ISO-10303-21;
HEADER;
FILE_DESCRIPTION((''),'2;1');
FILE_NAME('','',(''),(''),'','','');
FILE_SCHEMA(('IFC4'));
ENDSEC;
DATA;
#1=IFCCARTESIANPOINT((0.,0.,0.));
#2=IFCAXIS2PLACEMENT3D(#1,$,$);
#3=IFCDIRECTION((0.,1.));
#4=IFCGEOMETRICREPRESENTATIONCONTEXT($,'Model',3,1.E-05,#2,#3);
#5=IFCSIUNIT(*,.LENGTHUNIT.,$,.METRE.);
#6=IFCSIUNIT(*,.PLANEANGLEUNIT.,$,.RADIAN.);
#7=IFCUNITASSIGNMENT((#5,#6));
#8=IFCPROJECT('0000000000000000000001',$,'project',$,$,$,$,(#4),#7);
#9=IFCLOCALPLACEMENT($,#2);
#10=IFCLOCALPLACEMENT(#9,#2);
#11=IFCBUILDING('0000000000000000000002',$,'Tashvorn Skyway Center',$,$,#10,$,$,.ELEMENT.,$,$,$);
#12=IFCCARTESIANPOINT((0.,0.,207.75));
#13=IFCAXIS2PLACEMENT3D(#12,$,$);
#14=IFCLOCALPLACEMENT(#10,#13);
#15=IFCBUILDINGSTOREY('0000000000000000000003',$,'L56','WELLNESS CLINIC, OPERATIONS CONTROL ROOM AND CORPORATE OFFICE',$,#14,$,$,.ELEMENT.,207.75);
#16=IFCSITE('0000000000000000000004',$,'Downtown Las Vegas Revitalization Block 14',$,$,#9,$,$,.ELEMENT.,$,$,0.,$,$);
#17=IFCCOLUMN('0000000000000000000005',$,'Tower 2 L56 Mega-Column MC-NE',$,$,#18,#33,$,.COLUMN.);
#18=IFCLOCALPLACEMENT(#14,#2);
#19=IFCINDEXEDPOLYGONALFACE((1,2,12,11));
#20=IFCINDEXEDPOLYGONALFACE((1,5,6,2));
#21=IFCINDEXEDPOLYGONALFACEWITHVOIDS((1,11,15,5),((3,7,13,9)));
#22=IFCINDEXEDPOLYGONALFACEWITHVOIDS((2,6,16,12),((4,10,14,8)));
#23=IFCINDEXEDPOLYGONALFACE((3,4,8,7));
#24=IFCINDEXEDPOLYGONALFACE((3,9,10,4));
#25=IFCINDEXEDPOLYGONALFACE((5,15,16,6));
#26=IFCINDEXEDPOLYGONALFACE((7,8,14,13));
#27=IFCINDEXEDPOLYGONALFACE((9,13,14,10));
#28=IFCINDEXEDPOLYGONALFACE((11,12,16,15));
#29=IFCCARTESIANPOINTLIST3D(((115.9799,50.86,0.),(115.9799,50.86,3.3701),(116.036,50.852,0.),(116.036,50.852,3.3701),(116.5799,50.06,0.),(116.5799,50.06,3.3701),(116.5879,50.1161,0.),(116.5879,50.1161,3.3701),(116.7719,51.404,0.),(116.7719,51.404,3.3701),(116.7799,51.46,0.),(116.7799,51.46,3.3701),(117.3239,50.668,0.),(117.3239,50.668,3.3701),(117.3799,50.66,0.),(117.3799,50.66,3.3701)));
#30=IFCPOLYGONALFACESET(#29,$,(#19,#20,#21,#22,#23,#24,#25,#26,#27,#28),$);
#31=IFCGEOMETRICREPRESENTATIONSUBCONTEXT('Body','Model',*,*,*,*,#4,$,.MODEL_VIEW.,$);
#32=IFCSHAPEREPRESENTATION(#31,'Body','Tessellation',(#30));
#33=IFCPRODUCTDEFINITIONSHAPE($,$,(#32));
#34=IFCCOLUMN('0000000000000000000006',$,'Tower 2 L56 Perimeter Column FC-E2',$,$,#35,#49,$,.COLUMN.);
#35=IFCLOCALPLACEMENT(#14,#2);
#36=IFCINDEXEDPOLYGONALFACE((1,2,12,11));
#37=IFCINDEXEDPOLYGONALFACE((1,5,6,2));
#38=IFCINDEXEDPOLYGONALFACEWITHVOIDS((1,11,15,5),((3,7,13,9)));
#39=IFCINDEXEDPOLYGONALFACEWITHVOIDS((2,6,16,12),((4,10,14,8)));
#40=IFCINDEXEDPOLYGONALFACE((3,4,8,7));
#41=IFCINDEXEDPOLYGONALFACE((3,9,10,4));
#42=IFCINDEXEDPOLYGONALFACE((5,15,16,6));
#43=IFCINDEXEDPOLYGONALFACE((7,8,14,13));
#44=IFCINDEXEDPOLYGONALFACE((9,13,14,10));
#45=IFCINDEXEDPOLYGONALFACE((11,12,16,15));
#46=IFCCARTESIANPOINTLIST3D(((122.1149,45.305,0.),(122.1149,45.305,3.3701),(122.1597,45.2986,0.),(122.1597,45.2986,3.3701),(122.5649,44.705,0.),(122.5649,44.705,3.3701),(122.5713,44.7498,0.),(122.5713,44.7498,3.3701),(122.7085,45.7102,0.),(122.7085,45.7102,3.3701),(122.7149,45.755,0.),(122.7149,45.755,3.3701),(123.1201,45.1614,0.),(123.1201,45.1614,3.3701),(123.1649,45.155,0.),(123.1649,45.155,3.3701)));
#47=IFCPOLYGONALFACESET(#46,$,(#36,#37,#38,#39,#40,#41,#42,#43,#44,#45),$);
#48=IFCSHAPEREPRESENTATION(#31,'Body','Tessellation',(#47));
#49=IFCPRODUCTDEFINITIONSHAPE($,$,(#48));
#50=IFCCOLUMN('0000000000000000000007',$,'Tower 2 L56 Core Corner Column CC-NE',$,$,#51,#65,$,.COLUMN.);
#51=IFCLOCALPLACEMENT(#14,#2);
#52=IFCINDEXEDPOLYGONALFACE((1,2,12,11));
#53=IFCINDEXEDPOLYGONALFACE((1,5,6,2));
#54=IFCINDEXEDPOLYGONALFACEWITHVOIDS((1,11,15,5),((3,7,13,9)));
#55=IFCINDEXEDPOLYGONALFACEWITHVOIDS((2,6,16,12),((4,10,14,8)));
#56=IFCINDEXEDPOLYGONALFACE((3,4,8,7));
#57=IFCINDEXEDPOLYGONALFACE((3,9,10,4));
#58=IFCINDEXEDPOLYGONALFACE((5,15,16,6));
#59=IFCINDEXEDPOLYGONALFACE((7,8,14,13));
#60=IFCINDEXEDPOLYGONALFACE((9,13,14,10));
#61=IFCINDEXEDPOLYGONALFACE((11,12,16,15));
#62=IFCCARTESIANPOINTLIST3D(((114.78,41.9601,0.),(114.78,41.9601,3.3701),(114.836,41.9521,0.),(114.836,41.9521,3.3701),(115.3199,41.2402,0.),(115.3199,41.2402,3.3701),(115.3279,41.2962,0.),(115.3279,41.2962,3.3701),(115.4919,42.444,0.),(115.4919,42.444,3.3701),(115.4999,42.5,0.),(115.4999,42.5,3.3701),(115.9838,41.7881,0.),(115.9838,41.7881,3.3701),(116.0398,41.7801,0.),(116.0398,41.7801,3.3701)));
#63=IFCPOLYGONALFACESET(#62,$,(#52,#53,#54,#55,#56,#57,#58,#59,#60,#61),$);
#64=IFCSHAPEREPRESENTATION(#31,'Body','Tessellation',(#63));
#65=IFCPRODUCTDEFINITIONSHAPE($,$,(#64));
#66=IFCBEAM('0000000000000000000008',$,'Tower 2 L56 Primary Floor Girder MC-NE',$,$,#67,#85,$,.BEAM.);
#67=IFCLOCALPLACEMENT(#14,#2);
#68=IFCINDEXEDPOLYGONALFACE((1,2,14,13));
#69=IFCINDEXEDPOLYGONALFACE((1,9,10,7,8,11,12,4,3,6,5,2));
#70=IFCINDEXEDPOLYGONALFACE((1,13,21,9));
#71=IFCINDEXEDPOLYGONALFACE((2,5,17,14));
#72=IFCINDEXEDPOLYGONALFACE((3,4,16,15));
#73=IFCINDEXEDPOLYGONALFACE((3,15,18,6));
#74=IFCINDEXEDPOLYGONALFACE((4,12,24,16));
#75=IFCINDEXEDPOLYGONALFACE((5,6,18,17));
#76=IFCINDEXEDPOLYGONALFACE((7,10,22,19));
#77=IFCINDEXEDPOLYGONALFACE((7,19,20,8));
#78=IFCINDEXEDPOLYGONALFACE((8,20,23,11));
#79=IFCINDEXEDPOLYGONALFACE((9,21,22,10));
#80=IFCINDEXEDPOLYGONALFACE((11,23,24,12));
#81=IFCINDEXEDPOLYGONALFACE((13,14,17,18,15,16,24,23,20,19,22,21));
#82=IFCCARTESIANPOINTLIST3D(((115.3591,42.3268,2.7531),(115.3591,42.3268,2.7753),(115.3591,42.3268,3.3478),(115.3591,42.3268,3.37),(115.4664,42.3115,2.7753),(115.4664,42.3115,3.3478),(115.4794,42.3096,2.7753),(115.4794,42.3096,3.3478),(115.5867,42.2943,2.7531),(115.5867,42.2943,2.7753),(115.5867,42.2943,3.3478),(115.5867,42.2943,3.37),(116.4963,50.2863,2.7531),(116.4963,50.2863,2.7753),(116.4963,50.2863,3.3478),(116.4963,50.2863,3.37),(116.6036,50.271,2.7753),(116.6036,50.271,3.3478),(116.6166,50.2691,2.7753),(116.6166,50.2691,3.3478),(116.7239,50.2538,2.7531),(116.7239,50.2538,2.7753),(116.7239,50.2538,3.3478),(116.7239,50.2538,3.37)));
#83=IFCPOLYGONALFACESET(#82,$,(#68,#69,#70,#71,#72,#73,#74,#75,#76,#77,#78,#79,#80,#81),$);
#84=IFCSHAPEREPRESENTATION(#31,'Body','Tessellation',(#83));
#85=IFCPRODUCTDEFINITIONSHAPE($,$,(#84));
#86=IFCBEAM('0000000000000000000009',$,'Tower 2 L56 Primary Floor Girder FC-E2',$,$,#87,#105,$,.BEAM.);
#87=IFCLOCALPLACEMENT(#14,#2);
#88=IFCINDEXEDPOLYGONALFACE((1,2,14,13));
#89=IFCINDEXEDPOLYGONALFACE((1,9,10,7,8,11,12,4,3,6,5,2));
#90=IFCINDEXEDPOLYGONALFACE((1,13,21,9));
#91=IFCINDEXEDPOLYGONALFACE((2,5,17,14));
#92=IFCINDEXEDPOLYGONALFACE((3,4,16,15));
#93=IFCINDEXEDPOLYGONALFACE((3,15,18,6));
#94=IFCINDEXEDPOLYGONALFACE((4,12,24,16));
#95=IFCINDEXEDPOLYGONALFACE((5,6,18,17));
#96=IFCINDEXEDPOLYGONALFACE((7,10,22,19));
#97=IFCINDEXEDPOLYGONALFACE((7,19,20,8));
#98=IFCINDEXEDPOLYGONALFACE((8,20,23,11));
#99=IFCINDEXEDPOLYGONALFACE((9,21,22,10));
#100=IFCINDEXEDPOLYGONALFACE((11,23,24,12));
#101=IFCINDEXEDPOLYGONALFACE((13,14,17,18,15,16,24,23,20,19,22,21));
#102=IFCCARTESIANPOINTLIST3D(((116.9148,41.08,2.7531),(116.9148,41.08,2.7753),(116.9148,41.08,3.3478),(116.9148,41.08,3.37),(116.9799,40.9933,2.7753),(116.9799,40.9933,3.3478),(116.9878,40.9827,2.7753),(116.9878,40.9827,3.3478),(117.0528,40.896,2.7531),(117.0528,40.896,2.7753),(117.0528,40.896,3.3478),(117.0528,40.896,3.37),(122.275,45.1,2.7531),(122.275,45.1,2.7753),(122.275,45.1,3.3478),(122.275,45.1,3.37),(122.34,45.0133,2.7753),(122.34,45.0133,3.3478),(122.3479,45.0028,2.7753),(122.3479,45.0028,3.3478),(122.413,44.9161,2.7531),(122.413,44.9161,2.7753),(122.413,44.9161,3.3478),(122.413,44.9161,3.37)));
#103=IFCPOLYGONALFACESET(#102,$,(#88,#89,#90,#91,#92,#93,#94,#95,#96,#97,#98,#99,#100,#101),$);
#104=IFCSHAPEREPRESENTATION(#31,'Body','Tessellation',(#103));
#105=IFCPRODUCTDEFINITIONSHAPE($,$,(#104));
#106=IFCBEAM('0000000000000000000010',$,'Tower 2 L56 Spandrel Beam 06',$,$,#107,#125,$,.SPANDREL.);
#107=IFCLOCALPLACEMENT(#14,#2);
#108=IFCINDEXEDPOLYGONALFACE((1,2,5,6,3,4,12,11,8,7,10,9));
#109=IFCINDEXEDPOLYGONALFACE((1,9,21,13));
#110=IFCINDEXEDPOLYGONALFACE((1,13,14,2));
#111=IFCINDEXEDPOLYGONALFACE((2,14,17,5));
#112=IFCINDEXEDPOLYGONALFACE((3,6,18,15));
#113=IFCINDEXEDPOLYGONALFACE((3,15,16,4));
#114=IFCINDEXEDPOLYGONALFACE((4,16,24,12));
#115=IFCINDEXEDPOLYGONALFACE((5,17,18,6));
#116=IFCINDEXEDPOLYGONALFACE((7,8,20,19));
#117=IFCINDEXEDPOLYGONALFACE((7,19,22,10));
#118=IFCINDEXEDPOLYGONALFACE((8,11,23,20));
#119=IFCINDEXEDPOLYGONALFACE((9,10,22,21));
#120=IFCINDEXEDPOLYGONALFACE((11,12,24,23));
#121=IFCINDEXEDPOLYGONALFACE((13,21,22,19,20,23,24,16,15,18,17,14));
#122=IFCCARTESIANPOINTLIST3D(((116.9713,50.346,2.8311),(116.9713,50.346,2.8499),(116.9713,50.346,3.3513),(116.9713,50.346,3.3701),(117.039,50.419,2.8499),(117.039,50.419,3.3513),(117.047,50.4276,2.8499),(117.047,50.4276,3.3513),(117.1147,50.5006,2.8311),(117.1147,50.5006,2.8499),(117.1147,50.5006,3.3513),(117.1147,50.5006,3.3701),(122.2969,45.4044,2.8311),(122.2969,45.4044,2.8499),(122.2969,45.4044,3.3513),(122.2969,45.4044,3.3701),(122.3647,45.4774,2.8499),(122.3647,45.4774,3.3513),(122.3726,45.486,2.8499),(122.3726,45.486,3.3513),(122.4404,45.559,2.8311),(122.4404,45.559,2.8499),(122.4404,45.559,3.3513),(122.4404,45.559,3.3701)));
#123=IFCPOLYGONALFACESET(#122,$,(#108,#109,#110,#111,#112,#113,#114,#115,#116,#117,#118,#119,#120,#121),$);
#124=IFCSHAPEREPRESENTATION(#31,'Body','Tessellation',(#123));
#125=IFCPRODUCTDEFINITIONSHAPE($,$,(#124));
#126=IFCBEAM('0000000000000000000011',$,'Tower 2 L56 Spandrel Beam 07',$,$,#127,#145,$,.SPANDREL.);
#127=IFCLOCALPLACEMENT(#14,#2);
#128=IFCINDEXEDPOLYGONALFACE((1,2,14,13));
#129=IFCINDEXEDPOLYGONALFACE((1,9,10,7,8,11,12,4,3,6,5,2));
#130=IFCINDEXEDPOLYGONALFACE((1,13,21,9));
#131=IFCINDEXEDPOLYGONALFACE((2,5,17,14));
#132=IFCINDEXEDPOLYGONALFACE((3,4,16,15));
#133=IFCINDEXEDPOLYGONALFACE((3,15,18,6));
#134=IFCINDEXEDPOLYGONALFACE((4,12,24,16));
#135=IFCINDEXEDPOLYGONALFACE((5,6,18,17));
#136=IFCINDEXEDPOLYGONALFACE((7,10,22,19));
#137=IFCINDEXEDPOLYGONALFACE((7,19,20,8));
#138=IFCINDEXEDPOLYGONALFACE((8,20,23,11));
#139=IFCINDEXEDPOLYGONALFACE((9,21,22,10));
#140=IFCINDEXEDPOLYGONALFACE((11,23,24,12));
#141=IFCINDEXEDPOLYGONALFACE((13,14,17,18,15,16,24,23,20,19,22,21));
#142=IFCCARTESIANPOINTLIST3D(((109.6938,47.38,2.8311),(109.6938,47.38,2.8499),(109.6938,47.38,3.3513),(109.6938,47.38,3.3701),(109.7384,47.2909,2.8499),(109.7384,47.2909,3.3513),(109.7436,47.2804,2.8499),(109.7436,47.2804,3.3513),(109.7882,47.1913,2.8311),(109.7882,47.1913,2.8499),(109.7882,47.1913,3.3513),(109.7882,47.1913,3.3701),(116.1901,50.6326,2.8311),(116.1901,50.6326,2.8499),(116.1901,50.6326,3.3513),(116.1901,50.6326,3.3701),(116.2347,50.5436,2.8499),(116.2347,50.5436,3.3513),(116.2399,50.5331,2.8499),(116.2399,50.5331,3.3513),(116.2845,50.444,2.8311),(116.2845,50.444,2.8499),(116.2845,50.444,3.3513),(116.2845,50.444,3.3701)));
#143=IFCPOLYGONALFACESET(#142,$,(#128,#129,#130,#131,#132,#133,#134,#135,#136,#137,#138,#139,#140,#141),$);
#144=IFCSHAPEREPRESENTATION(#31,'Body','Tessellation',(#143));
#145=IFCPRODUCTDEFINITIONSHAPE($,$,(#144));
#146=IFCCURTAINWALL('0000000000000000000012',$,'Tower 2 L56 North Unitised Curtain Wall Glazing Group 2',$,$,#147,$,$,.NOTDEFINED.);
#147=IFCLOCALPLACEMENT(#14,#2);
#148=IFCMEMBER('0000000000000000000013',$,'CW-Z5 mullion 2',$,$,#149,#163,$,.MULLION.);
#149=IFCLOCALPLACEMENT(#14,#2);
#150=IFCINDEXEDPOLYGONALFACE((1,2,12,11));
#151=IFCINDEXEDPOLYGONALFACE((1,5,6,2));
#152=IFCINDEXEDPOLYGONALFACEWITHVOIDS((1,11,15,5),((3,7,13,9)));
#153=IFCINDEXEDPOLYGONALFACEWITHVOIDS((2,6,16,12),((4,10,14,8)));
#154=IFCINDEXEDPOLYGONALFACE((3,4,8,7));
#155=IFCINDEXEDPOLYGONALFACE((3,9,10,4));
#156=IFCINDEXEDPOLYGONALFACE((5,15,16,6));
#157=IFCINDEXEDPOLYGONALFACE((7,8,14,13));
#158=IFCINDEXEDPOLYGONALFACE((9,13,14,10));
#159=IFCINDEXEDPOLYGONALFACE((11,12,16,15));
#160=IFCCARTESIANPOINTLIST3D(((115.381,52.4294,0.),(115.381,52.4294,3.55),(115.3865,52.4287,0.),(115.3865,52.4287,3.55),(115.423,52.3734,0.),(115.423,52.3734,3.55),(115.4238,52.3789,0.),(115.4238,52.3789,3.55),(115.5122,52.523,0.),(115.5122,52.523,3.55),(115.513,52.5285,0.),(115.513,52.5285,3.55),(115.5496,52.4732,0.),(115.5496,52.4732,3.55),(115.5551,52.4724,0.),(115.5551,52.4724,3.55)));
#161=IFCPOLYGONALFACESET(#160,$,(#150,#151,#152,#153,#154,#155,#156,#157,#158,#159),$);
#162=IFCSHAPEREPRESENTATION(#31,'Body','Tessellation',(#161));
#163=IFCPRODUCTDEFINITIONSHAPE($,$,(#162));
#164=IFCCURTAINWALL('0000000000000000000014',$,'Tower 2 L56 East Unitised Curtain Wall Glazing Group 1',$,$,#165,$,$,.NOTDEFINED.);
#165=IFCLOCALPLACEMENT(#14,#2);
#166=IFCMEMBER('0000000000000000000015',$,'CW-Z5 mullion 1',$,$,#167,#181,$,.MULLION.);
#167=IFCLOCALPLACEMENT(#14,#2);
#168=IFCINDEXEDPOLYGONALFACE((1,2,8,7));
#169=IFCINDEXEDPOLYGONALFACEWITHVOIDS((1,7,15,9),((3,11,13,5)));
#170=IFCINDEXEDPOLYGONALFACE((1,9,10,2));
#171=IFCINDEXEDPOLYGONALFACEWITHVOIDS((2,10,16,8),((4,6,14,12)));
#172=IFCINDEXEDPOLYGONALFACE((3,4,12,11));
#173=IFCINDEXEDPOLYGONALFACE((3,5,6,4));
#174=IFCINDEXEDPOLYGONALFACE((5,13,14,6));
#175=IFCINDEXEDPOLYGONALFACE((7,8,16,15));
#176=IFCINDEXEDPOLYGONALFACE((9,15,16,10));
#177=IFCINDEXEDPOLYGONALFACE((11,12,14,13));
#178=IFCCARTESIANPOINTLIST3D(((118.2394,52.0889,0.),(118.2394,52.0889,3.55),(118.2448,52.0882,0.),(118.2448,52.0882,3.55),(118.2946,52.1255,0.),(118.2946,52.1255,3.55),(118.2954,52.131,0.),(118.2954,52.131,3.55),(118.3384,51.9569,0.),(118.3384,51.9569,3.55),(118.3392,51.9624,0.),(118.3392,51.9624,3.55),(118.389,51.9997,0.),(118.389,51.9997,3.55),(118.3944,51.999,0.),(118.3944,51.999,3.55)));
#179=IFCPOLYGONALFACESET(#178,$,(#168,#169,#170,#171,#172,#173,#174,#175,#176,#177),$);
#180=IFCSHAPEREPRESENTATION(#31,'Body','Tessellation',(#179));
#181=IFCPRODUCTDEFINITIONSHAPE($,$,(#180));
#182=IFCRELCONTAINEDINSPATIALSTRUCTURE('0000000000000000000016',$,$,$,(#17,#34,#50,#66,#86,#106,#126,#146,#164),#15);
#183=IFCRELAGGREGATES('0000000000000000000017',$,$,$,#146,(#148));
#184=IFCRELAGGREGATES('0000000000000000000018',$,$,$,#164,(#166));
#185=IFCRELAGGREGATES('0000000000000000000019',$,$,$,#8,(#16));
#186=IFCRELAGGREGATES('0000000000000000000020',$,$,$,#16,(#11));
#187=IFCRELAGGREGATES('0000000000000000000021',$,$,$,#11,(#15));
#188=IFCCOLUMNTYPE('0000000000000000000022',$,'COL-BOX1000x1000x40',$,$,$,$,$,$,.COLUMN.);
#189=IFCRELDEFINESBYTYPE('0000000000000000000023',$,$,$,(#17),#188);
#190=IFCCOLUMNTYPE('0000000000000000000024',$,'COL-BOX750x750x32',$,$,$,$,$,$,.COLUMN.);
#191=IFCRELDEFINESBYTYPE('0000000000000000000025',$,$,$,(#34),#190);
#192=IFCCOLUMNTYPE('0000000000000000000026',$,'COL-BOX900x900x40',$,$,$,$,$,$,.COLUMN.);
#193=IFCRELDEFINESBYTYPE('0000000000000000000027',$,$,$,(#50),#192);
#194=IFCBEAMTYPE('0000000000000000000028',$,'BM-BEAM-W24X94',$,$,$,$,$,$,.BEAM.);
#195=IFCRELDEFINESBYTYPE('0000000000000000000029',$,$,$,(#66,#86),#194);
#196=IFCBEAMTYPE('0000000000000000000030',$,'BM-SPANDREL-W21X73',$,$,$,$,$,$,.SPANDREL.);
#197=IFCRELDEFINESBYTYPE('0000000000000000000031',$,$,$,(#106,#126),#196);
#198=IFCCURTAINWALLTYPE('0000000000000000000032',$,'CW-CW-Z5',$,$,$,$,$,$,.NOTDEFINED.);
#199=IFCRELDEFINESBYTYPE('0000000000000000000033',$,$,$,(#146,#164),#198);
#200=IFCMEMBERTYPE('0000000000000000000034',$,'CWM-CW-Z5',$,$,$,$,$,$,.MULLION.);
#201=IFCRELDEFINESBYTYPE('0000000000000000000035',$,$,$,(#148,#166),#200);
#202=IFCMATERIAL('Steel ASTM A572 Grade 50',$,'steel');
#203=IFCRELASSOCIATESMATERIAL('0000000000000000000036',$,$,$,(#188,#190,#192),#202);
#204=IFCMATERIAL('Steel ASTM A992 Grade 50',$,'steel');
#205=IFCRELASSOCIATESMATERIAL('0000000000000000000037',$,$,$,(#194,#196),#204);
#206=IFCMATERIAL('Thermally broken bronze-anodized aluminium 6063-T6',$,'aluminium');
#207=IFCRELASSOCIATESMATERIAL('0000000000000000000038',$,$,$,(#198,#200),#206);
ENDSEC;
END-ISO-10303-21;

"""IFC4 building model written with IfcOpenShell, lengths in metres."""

from ifc_helpers import new_model, si_unit, direction, frame, origin, origin_2d, place, context, subcontext, project, spatial, hollow_rectangle, i_section, extrude, material, material_profile, profile_set, type_object, element, aggregate, save


model = new_model("IFC4")

# Units and contexts
model_context = context("Model", 3, precision=1e-05, world=origin(), true_north=direction((0.0, 1.0)))
body_context = subcontext(model_context, "Body", "Model", "MODEL_VIEW")
ifc_project = project(units=[si_unit("LENGTHUNIT", "METRE"), si_unit("PLANEANGLEUNIT", "RADIAN")], contexts=[model_context])

# Site, building, storey
site_placement = place(None, origin())
site = spatial("IfcSite", under=ifc_project, at=site_placement, Name="Downtown Las Vegas Revitalization Block 14", CompositionType="ELEMENT", RefElevation=0.0)
building_placement = place(site_placement, origin())
building = spatial("IfcBuilding", under=site, at=building_placement, Name="Tashvorn Skyway Center", CompositionType="ELEMENT")
storey_placement = place(building_placement, frame((0.0, 0.0, 207.75)))
storey = spatial("IfcBuildingStorey", under=building, at=storey_placement, Name="L56", Description="WELLNESS CLINIC, OPERATIONS CONTROL ROOM AND CORPORATE OFFICE", CompositionType="ELEMENT", Elevation=207.75)

# Columns
ifc_material_1 = material(Name="Steel ASTM A572 Grade 50", Category="steel")
ifc_material_profile_1 = material_profile(ifc_material_1, hollow_rectangle(XDim=1.0, YDim=1.0, WallThickness=0.04, at=origin_2d()), Name="BOX1000x1000x40")
ifc_profile_set_1 = profile_set([ifc_material_profile_1], Name="Steel ASTM A572 Grade 50")
column_type_1 = type_object("IfcColumnType", Name="COL-BOX1000x1000x40", PredefinedType="COLUMN", material=ifc_profile_set_1)
column_1_placement = place(storey_placement, frame((116.6799, 50.76, 0.0), z_axis=(0.0, 0.0, 1.0), x_axis=(0.8, 0.6, 0.0)))
element("IfcColumn", 1, at=column_1_placement, inside=storey, type_object=column_type_1, Name="Tower 2 L56 Mega-Column MC-NE", PredefinedType="COLUMN", context=body_context, shape_type="SweptSolid", body=[
    extrude(hollow_rectangle(XDim=1.0, YDim=1.0, WallThickness=0.04, at=origin_2d()), origin(), (0.0, 0.0, 1.0), 3.3701),
])
ifc_material_profile_2 = material_profile(ifc_material_1, hollow_rectangle(XDim=0.75, YDim=0.75, WallThickness=0.032, at=origin_2d()), Name="BOX750x750x32")
ifc_profile_set_2 = profile_set([ifc_material_profile_2], Name="Steel ASTM A572 Grade 50")
column_type_2 = type_object("IfcColumnType", Name="COL-BOX750x750x32", PredefinedType="COLUMN", material=ifc_profile_set_2)
column_2_placement = place(storey_placement, frame((122.6399, 45.23, 0.0), z_axis=(0.0, 0.0, 1.0), x_axis=(0.8, 0.6, 0.0)))
element("IfcColumn", 2, at=column_2_placement, inside=storey, type_object=column_type_2, Name="Tower 2 L56 Perimeter Column FC-E2", PredefinedType="COLUMN", context=body_context, shape_type="SweptSolid", body=[
    extrude(hollow_rectangle(XDim=0.75, YDim=0.75, WallThickness=0.032, at=origin_2d()), origin(), (0.0, 0.0, 1.0), 3.3701),
])
ifc_material_profile_3 = material_profile(ifc_material_1, hollow_rectangle(XDim=0.8999, YDim=0.8999, WallThickness=0.04, at=origin_2d()), Name="BOX900x900x40")
ifc_profile_set_3 = profile_set([ifc_material_profile_3], Name="Steel ASTM A572 Grade 50")
column_type_3 = type_object("IfcColumnType", Name="COL-BOX900x900x40", PredefinedType="COLUMN", material=ifc_profile_set_3)
column_3_placement = place(storey_placement, frame((115.4099, 41.8701, 0.0), z_axis=(0.0, 0.0, 1.0), x_axis=(0.8, 0.6, 0.0)))
element("IfcColumn", 3, at=column_3_placement, inside=storey, type_object=column_type_3, Name="Tower 2 L56 Core Corner Column CC-NE", PredefinedType="COLUMN", context=body_context, shape_type="SweptSolid", body=[
    extrude(hollow_rectangle(XDim=0.8999, YDim=0.8999, WallThickness=0.04, at=origin_2d()), origin(), (0.0, 0.0, 1.0), 3.3701),
])

# Beams
ifc_material_2 = material(Name="Steel ASTM A992 Grade 50", Category="steel")
ifc_material_profile_4 = material_profile(ifc_material_2, i_section(OverallWidth=0.23, OverallDepth=0.6169, WebThickness=0.0132, FlangeThickness=0.0222, at=origin_2d()), Name="W24X94")
ifc_profile_set_4 = profile_set([ifc_material_profile_4], Name="Steel ASTM A992 Grade 50")
beam_type_1 = type_object("IfcBeamType", Name="BM-BEAM-W24X94", PredefinedType="BEAM", material=ifc_profile_set_4)
beam_1_placement = place(storey_placement, frame((116.6101, 50.27, 3.0615), z_axis=(-0.141438, -0.989947, 0.0), x_axis=(0.989947, -0.141438, 0.0)))
element("IfcBeam", 4, at=beam_1_placement, inside=storey, type_object=beam_type_1, Name="Tower 2 L56 Primary Floor Girder MC-NE", PredefinedType="BEAM", context=body_context, shape_type="SweptSolid", body=[
    extrude(i_section(OverallWidth=0.23, OverallDepth=0.6169, WebThickness=0.0132, FlangeThickness=0.0222, at=origin_2d()), origin(), (0.0, 0.0, 1.0), 8.0403),
])
beam_2_placement = place(storey_placement, frame((122.344, 45.0081, 3.0615), z_axis=(-0.800004, -0.599994, 0.0), x_axis=(0.599994, -0.800004, 0.0)))
element("IfcBeam", 5, at=beam_2_placement, inside=storey, type_object=beam_type_1, Name="Tower 2 L56 Primary Floor Girder FC-E2", PredefinedType="BEAM", context=body_context, shape_type="SweptSolid", body=[
    extrude(i_section(OverallWidth=0.23, OverallDepth=0.6169, WebThickness=0.0132, FlangeThickness=0.0222, at=origin_2d()), origin(), (0.0, 0.0, 1.0), 6.7002),
])
ifc_material_profile_5 = material_profile(ifc_material_2, i_section(OverallWidth=0.2109, OverallDepth=0.5391, WebThickness=0.0117, FlangeThickness=0.0188, at=origin_2d()), Name="W21X73")
ifc_profile_set_5 = profile_set([ifc_material_profile_5], Name="Steel ASTM A992 Grade 50")
beam_type_2 = type_object("IfcBeamType", Name="BM-SPANDREL-W21X73", PredefinedType="SPANDREL", material=ifc_profile_set_5)
for number, where, z_axis, x_axis, name in (
    (6, (122.3687, 45.4817, 3.1006), (-0.733042, 0.680183, 0.0), (-0.680183, -0.733042, 0.0), "Tower 2 L56 Spandrel Beam 06"),
    (7, (116.2373, 50.5383, 3.1006), (-0.894178, -0.447711, 0.0), (0.447711, -0.894178, 0.0), "Tower 2 L56 Spandrel Beam 07"),
):
    element("IfcBeam", number, at=place(storey_placement, frame(where, z_axis=z_axis, x_axis=x_axis)), inside=storey, type_object=beam_type_2, Name=name, PredefinedType="SPANDREL", context=body_context, shape_type="SweptSolid", body=[
        extrude(i_section(OverallWidth=0.2109, OverallDepth=0.5391, WebThickness=0.0117, FlangeThickness=0.0188, at=origin_2d()), origin(), (0.0, 0.0, 1.0), 7.2651),
    ])

# Curtain wall, member
ifc_material_3 = material(Name="Thermally broken bronze-anodized aluminium 6063-T6", Category="aluminium")
curtain_wall_type = type_object("IfcCurtainWallType", Name="CW-CW-Z5", PredefinedType="NOTDEFINED", material=ifc_material_3)
curtain_wall_1_placement = place(storey_placement, origin())
curtain_wall_1 = element("IfcCurtainWall", 8, at=curtain_wall_1_placement, inside=storey, type_object=curtain_wall_type, Name="Tower 2 L56 North Unitised Curtain Wall Glazing Group 2", PredefinedType="NOTDEFINED")
ifc_material_profile_6 = material_profile(ifc_material_3, hollow_rectangle(XDim=0.0701, YDim=0.165, WallThickness=0.0039, at=origin_2d()), Name="ALU-MULL-70x165")
ifc_profile_set_6 = profile_set([ifc_material_profile_6], Name="Thermally broken bronze-anodized aluminium 6063-T6")
member_type_1 = type_object("IfcMemberType", Name="CWM-CW-Z5", PredefinedType="MULLION", material=ifc_profile_set_6)
member_1_placement = place(storey_placement, frame((115.468, 52.4509, 0.0), z_axis=(0.0, 0.0, 1.0), x_axis=(-0.600002, 0.799999, 0.0)))
member_1 = element("IfcMember", 9, at=member_1_placement, type_object=member_type_1, Name="CW-Z5 mullion 2", PredefinedType="MULLION", context=body_context, shape_type="SweptSolid", body=[
    extrude(hollow_rectangle(XDim=0.0701, YDim=0.165, WallThickness=0.0039, at=origin_2d()), origin(), (0.0, 0.0, 1.0), 3.55),
])
aggregate(curtain_wall_1, [member_1])

# Curtain wall, member
curtain_wall_2_placement = place(storey_placement, origin())
curtain_wall_2 = element("IfcCurtainWall", 10, at=curtain_wall_2_placement, inside=storey, type_object=curtain_wall_type, Name="Tower 2 L56 East Unitised Curtain Wall Glazing Group 1", PredefinedType="NOTDEFINED")
member_2_placement = place(storey_placement, frame((118.3169, 52.0439, 0.0), z_axis=(0.0, 0.0, 1.0), x_axis=(0.799999, 0.600002, 0.0)))
member_2 = element("IfcMember", 11, at=member_2_placement, type_object=member_type_1, Name="CW-Z5 mullion 1", PredefinedType="MULLION", context=body_context, shape_type="SweptSolid", body=[
    extrude(hollow_rectangle(XDim=0.0701, YDim=0.165, WallThickness=0.0039, at=origin_2d()), origin(), (0.0, 0.0, 1.0), 3.55),
])
aggregate(curtain_wall_2, [member_2])

save(model, "model.ifc")
